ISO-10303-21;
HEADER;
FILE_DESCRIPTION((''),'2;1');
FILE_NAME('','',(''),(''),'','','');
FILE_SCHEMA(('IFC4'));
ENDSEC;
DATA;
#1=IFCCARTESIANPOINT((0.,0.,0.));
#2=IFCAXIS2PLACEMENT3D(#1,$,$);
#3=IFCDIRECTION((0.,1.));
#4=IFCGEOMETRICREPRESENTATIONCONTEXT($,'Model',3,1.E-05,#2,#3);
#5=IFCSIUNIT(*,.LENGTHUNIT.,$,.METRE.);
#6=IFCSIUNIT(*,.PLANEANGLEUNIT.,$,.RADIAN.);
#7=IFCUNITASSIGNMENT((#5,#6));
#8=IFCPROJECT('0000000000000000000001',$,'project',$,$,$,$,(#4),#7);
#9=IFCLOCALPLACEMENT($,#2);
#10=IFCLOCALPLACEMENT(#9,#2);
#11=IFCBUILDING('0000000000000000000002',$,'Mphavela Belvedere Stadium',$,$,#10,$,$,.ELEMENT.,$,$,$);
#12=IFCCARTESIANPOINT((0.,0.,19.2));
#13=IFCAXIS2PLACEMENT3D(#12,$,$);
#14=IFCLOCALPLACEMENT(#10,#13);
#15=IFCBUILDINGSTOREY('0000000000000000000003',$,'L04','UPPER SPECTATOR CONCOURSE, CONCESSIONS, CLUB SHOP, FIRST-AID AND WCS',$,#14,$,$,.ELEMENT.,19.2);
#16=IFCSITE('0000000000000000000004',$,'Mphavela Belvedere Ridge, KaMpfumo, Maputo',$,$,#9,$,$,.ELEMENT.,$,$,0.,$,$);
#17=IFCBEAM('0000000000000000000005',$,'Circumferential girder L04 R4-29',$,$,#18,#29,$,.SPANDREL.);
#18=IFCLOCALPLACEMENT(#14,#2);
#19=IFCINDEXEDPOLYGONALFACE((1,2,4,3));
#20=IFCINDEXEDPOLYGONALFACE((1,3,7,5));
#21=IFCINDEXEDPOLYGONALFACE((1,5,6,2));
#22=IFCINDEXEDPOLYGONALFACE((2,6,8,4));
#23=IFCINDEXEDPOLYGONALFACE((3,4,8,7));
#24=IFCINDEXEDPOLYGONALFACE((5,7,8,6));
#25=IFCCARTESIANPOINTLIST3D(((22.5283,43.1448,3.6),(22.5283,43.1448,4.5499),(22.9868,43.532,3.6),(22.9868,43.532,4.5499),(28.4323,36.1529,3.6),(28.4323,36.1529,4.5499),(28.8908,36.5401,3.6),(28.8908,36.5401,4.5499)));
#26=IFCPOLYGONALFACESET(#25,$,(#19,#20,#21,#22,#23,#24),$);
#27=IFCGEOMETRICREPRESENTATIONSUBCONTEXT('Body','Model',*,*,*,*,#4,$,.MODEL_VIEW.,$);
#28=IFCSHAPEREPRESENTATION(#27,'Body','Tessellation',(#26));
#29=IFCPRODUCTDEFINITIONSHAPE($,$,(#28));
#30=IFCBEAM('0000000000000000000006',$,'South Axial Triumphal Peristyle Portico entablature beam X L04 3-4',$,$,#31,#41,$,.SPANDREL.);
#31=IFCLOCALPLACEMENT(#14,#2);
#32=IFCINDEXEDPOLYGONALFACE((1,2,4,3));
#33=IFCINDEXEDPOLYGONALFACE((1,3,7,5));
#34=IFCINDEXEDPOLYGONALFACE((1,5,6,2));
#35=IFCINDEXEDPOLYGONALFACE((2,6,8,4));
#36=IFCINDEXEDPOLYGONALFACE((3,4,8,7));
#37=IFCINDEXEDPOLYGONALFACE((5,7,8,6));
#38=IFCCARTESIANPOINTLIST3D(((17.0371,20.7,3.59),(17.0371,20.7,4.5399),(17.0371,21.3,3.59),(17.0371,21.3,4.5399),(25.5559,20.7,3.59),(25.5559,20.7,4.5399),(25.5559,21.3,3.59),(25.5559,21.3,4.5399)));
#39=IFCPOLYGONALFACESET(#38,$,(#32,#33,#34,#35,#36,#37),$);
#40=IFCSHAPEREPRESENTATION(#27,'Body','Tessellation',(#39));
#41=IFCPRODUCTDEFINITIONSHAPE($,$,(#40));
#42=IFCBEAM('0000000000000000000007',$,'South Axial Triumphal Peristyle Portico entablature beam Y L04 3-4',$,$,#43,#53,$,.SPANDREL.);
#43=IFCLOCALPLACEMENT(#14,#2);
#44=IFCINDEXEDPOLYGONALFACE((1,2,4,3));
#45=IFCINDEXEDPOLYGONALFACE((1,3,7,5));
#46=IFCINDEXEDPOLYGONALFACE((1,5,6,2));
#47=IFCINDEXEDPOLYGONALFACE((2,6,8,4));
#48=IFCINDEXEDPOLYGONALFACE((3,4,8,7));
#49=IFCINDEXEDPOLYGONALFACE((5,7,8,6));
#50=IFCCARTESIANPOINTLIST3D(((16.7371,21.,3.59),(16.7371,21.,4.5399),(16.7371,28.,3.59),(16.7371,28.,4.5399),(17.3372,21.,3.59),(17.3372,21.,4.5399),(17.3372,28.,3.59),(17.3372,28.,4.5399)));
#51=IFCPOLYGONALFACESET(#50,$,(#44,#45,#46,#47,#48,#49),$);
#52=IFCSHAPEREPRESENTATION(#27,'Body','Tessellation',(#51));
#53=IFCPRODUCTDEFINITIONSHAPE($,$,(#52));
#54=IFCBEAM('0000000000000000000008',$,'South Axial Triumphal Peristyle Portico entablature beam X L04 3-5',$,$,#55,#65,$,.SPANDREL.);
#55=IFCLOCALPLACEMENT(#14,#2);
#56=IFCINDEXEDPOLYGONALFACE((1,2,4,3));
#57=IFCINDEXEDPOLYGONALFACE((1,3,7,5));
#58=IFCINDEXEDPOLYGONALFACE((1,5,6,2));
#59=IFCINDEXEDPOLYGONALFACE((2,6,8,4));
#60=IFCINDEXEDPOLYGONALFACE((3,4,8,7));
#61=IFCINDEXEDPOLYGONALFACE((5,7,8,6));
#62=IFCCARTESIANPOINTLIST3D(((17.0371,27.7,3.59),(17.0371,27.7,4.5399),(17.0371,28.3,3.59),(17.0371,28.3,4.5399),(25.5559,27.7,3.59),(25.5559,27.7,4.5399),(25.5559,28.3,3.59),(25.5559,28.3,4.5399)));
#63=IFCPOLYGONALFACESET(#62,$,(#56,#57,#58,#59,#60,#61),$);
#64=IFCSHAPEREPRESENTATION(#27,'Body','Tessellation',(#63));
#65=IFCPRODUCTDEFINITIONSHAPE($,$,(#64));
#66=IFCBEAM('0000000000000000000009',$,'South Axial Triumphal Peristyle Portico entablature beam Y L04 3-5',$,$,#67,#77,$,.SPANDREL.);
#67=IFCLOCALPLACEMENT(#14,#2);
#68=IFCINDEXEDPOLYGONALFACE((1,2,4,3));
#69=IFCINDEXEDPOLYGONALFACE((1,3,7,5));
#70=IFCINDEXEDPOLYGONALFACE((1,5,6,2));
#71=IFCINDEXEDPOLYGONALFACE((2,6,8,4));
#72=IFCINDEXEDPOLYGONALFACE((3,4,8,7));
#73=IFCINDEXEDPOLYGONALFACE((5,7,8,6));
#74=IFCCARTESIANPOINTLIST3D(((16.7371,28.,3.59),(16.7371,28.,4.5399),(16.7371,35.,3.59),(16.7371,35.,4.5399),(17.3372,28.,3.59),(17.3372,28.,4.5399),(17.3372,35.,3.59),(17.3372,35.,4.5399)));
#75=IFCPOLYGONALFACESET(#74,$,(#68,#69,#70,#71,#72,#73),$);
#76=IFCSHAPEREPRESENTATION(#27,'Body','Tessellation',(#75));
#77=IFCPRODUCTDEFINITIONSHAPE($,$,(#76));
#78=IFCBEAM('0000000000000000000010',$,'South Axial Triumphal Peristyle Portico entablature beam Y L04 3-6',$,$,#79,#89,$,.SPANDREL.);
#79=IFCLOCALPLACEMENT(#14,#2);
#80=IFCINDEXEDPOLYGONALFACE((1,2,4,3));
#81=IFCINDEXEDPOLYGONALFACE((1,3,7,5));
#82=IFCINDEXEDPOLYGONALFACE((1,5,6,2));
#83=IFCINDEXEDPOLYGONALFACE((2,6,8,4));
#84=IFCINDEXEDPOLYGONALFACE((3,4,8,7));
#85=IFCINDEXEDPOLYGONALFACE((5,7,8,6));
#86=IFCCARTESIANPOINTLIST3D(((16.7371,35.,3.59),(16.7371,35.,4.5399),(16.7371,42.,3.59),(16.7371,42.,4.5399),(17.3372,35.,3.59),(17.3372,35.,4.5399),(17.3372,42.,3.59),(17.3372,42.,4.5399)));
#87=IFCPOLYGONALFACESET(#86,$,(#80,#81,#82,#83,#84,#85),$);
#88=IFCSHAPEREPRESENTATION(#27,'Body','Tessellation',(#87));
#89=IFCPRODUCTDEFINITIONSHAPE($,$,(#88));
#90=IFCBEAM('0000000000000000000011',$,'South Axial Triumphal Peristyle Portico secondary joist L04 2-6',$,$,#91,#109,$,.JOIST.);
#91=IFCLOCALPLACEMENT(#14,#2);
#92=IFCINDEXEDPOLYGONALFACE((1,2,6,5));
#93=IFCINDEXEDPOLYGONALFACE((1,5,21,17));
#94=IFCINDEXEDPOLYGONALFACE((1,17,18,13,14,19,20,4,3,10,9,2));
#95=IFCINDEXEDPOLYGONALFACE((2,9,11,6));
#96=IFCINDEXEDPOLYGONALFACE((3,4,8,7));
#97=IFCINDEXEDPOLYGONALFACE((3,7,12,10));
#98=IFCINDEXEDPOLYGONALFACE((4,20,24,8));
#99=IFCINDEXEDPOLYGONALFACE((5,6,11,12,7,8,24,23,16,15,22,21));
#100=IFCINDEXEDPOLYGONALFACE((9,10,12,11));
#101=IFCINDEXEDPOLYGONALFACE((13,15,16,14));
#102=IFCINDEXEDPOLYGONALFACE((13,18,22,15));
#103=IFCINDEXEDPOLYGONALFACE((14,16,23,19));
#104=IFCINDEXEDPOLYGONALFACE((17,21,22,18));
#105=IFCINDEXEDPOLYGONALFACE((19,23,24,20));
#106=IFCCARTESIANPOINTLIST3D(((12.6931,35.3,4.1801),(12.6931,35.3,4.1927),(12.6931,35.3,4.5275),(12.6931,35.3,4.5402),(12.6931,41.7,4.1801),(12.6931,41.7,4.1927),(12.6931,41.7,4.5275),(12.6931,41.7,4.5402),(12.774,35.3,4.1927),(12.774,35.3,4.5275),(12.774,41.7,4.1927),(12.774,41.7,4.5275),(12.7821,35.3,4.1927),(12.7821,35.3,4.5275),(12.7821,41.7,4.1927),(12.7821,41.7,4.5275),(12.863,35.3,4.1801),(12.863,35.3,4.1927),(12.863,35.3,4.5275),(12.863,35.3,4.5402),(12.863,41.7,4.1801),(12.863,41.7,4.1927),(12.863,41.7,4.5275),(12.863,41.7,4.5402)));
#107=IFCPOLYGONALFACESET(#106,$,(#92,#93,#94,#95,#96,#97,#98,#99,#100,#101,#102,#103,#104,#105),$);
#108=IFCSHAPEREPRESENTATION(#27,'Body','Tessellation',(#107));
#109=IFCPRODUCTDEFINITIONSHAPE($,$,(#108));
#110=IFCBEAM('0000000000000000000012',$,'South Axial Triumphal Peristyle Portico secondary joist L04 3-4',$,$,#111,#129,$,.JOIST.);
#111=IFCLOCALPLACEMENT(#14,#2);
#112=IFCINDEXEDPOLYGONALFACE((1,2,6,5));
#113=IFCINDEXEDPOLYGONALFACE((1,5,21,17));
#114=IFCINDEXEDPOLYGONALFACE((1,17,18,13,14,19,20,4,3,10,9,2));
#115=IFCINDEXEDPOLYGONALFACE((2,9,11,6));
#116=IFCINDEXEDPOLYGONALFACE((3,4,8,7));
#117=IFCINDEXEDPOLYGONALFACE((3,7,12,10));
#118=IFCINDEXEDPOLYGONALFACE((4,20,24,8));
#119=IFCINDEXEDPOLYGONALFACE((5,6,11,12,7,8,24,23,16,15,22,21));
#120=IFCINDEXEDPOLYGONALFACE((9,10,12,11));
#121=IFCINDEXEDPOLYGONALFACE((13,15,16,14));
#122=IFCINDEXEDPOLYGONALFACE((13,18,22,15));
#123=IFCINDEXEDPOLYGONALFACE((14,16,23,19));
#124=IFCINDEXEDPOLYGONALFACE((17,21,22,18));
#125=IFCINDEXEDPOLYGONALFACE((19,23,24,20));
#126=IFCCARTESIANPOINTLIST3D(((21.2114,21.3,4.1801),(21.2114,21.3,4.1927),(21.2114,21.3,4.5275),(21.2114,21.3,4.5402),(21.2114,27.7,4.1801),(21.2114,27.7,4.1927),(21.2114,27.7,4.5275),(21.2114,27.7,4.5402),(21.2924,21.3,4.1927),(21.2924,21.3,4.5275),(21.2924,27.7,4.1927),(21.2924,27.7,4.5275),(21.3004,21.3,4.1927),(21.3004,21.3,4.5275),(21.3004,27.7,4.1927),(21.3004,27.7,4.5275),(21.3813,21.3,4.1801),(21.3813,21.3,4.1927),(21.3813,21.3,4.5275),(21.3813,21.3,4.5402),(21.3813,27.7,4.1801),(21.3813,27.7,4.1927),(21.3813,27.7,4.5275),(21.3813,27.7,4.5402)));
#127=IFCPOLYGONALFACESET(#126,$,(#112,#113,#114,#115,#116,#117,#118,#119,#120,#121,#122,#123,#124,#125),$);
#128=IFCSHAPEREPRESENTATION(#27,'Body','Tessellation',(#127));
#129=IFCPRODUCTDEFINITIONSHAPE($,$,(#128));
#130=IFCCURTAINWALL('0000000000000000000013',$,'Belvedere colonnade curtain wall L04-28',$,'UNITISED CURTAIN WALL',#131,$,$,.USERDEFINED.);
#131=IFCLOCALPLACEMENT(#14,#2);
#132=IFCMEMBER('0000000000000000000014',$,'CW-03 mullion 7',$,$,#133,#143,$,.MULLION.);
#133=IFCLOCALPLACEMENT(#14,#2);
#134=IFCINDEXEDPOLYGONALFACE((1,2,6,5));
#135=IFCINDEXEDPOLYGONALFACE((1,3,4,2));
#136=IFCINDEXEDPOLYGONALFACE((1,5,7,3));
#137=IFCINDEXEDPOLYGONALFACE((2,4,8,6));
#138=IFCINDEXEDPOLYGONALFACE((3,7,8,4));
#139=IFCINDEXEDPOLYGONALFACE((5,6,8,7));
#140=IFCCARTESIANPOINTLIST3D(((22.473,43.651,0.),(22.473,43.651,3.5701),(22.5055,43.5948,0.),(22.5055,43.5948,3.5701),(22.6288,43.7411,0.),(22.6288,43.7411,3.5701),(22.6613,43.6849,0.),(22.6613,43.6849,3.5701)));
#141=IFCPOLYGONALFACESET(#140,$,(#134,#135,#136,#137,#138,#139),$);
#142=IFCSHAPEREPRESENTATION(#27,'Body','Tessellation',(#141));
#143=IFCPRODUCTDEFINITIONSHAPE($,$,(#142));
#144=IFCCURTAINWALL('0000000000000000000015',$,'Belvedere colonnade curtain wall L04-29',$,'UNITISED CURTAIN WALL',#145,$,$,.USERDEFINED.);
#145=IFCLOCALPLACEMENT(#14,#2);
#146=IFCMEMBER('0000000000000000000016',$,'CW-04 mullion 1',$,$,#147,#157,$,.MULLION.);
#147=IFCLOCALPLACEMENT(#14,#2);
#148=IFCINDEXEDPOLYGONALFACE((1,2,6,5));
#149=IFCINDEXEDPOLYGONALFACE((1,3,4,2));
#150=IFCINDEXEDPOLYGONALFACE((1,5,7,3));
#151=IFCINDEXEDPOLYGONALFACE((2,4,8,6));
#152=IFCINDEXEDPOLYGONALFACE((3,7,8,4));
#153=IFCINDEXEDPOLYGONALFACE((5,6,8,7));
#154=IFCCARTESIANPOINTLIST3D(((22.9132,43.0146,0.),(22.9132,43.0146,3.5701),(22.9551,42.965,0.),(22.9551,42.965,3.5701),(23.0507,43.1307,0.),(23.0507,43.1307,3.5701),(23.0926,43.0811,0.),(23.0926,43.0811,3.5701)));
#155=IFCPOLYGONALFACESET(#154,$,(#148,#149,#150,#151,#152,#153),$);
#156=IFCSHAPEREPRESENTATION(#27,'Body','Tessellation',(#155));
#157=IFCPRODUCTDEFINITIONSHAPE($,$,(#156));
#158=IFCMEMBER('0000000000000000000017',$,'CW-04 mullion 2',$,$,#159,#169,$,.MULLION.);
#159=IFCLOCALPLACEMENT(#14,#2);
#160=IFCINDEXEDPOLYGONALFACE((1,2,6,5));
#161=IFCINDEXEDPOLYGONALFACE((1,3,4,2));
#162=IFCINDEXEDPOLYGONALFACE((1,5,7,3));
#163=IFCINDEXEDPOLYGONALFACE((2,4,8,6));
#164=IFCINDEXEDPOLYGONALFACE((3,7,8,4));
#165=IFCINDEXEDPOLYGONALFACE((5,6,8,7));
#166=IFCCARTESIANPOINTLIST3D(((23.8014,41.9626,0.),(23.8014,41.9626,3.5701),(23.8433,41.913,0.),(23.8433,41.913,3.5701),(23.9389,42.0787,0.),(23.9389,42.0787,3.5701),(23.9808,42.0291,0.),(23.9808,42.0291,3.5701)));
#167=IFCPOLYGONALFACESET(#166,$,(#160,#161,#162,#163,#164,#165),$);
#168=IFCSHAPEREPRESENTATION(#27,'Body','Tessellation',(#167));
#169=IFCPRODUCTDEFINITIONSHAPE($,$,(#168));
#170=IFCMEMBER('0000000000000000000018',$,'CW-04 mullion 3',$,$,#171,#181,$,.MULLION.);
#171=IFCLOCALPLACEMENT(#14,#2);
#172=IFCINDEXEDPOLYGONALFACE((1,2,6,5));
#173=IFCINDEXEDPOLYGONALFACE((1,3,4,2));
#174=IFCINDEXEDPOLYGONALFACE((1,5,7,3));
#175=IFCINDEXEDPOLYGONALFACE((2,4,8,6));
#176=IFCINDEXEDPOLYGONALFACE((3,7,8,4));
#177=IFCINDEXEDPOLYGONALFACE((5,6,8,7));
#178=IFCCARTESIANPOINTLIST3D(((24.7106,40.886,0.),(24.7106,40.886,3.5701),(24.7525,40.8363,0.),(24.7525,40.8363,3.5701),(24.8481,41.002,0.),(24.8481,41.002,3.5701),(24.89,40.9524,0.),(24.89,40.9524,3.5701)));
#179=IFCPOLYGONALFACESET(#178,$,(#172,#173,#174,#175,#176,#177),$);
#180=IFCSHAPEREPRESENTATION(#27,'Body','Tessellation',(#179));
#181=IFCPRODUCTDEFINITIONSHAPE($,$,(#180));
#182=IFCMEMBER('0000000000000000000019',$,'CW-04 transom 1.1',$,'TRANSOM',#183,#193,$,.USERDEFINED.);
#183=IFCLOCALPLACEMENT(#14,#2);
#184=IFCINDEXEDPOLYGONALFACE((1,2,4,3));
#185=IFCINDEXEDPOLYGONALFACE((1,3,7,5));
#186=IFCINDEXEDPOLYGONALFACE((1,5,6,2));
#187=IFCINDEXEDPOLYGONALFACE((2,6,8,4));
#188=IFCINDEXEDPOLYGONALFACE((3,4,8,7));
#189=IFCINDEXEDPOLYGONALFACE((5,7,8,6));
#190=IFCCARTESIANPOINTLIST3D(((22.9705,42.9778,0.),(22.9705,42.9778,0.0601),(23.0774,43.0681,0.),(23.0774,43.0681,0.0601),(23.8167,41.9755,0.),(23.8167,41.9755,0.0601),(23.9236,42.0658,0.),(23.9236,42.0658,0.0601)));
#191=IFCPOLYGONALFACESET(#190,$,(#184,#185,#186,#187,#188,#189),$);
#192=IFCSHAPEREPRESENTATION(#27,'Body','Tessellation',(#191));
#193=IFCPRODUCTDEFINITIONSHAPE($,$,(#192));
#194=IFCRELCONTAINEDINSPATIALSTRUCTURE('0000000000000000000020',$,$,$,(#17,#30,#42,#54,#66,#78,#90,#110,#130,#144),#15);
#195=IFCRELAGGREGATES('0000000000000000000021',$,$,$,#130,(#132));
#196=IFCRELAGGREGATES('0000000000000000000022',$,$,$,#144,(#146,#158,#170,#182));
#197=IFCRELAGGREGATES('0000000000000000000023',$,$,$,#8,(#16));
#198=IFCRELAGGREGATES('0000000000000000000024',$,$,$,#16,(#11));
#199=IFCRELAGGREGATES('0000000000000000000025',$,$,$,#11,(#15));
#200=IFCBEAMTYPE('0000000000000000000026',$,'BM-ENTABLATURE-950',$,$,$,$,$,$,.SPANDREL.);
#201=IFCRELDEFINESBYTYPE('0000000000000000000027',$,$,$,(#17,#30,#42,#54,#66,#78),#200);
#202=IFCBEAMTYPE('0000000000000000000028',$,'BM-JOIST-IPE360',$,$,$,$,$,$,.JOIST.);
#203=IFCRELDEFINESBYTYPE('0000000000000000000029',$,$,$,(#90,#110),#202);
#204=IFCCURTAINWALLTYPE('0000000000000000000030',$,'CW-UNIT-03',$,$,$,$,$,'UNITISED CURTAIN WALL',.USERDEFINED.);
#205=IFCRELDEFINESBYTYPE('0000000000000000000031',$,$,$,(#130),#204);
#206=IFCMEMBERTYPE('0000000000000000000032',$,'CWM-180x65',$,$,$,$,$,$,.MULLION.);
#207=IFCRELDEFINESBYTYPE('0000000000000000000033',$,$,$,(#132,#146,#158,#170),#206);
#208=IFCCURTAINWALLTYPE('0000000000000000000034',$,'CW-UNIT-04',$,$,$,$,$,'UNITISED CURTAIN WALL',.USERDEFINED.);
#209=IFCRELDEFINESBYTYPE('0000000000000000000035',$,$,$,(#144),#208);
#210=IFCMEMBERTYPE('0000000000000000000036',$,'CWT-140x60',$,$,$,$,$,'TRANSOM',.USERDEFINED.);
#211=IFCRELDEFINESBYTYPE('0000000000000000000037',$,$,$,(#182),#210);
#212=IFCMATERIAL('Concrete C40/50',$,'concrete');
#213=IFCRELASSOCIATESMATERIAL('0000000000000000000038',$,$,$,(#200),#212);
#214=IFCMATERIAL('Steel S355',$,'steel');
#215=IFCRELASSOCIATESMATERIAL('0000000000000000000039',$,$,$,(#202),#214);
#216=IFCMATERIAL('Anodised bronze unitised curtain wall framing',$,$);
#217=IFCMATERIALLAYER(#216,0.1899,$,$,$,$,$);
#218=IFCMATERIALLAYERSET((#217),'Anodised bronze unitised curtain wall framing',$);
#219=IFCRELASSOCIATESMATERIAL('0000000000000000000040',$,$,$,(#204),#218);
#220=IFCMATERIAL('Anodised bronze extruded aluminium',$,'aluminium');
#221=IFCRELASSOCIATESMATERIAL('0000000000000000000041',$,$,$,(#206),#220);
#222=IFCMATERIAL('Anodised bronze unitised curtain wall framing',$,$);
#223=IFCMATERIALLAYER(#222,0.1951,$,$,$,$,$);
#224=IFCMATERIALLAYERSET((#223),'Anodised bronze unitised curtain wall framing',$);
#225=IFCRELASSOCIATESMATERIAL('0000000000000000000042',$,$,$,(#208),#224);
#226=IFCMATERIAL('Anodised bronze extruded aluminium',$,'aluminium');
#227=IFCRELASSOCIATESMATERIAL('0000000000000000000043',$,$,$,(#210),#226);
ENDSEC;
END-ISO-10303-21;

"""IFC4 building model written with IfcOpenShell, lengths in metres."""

from ifc_helpers import new_model, si_unit, direction, frame, origin, origin_2d, place, context, subcontext, project, spatial, rectangle, i_section, extrude, material, layer, layer_set, material_profile, profile_set, type_object, element, aggregate, save


model = new_model("IFC4")

# Units and contexts
model_context = context("Model", 3, precision=1e-05, world=origin(), true_north=direction((0.0, 1.0)))
body_context = subcontext(model_context, "Body", "Model", "MODEL_VIEW")
ifc_project = project(units=[si_unit("LENGTHUNIT", "METRE"), si_unit("PLANEANGLEUNIT", "RADIAN")], contexts=[model_context])

# Site, building, storey
site_placement = place(None, origin())
site = spatial("IfcSite", under=ifc_project, at=site_placement, Name="Mphavela Belvedere Ridge, KaMpfumo, Maputo", CompositionType="ELEMENT", RefElevation=0.0)
building_placement = place(site_placement, origin())
building = spatial("IfcBuilding", under=site, at=building_placement, Name="Mphavela Belvedere Stadium", CompositionType="ELEMENT")
storey_placement = place(building_placement, frame((0.0, 0.0, 19.2)))
storey = spatial("IfcBuildingStorey", under=building, at=storey_placement, Name="L04", Description="UPPER SPECTATOR CONCOURSE, CONCESSIONS, CLUB SHOP, FIRST-AID AND WCS", CompositionType="ELEMENT", Elevation=19.2)

# Beams
ifc_material_1 = material(Name="Concrete C40/50", Category="concrete")
ifc_material_profile_1 = material_profile(ifc_material_1, rectangle(XDim=0.6001, YDim=0.95, at=origin_2d()), Name="RC 600x950")
ifc_profile_set_1 = profile_set([ifc_material_profile_1], Name="Concrete C40/50")
beam_type_1 = type_object("IfcBeamType", Name="BM-ENTABLATURE-950", PredefinedType="SPANDREL", material=ifc_profile_set_1)
beam_1_placement = place(storey_placement, frame((22.7576, 43.3384, 4.075), z_axis=(0.645165, -0.764044, 0.0), x_axis=(0.764044, 0.645165, 0.0)))
element("IfcBeam", 1, at=beam_1_placement, inside=storey, type_object=beam_type_1, Name="Circumferential girder L04 R4-29", PredefinedType="SPANDREL", context=body_context, shape_type="SweptSolid", body=[
    extrude(rectangle(XDim=0.6001, YDim=0.95, at=origin_2d()), origin(), (0.0, 0.0, 1.0), 9.1511),
])
beam_2_placement = place(storey_placement, frame((17.0371, 21.0, 4.0649), z_axis=(1.0, 0.0, 0.0), x_axis=(0.0, 1.0, 0.0)))
element("IfcBeam", 2, at=beam_2_placement, inside=storey, type_object=beam_type_1, Name="South Axial Triumphal Peristyle Portico entablature beam X L04 3-4", PredefinedType="SPANDREL", context=body_context, shape_type="SweptSolid", body=[
    extrude(rectangle(XDim=0.6001, YDim=0.95, at=origin_2d()), origin(), (0.0, 0.0, 1.0), 8.5188),
])
beam_3_placement = place(storey_placement, frame((17.0371, 21.0, 4.0649), z_axis=(0.0, 1.0, 0.0), x_axis=(-1.0, 0.0, 0.0)))
element("IfcBeam", 3, at=beam_3_placement, inside=storey, type_object=beam_type_1, Name="South Axial Triumphal Peristyle Portico entablature beam Y L04 3-4", PredefinedType="SPANDREL", context=body_context, shape_type="SweptSolid", body=[
    extrude(rectangle(XDim=0.6001, YDim=0.95, at=origin_2d()), origin(), (0.0, 0.0, 1.0), 7.0),
])
beam_4_placement = place(storey_placement, frame((17.0371, 28.0, 4.0649), z_axis=(1.0, 0.0, 0.0), x_axis=(0.0, 1.0, 0.0)))
element("IfcBeam", 4, at=beam_4_placement, inside=storey, type_object=beam_type_1, Name="South Axial Triumphal Peristyle Portico entablature beam X L04 3-5", PredefinedType="SPANDREL", context=body_context, shape_type="SweptSolid", body=[
    extrude(rectangle(XDim=0.6001, YDim=0.95, at=origin_2d()), origin(), (0.0, 0.0, 1.0), 8.5188),
])
for number, where, z_axis, x_axis, name in (
    (5, (17.0371, 28.0, 4.0649), (0.0, 1.0, 0.0), (-1.0, 0.0, 0.0), "South Axial Triumphal Peristyle Portico entablature beam Y L04 3-5"),
    (6, (17.0371, 35.0, 4.0649), (0.0, 1.0, 0.0), (-1.0, 0.0, 0.0), "South Axial Triumphal Peristyle Portico entablature beam Y L04 3-6"),
):
    element("IfcBeam", number, at=place(storey_placement, frame(where, z_axis=z_axis, x_axis=x_axis)), inside=storey, type_object=beam_type_1, Name=name, PredefinedType="SPANDREL", context=body_context, shape_type="SweptSolid", body=[
        extrude(rectangle(XDim=0.6001, YDim=0.95, at=origin_2d()), origin(), (0.0, 0.0, 1.0), 7.0),
    ])
ifc_material_2 = material(Name="Steel S355", Category="steel")
ifc_material_profile_2 = material_profile(ifc_material_2, i_section(OverallWidth=0.1699, OverallDepth=0.3601, WebThickness=0.0081, FlangeThickness=0.0127, at=origin_2d()), Name="IPE 360")
ifc_profile_set_2 = profile_set([ifc_material_profile_2], Name="Steel S355")
beam_type_2 = type_object("IfcBeamType", Name="BM-JOIST-IPE360", PredefinedType="JOIST", material=ifc_profile_set_2)
for number, where, z_axis, x_axis, name in (
    (7, (12.7781, 35.3, 4.3601), (0.0, 1.0, 0.0), (-1.0, 0.0, 0.0), "South Axial Triumphal Peristyle Portico secondary joist L04 2-6"),
    (8, (21.2964, 21.3, 4.3601), (0.0, 1.0, 0.0), (-1.0, 0.0, 0.0), "South Axial Triumphal Peristyle Portico secondary joist L04 3-4"),
):
    element("IfcBeam", number, at=place(storey_placement, frame(where, z_axis=z_axis, x_axis=x_axis)), inside=storey, type_object=beam_type_2, Name=name, PredefinedType="JOIST", context=body_context, shape_type="SweptSolid", body=[
        extrude(i_section(OverallWidth=0.1699, OverallDepth=0.3601, WebThickness=0.0081, FlangeThickness=0.0127, at=origin_2d()), origin(), (0.0, 0.0, 1.0), 6.3999),
    ])

# Curtain wall, member
ifc_material_3 = material(Name="Anodised bronze unitised curtain wall framing")
ifc_layer_1 = layer(ifc_material_3, 0.1899)
ifc_layer_set_1 = layer_set([ifc_layer_1], Name="Anodised bronze unitised curtain wall framing")
curtain_wall_type_1 = type_object("IfcCurtainWallType", Name="CW-UNIT-03", ElementType="UNITISED CURTAIN WALL", PredefinedType="USERDEFINED", material=ifc_layer_set_1)
curtain_wall_1_placement = place(storey_placement, origin())
curtain_wall_1 = element("IfcCurtainWall", 9, at=curtain_wall_1_placement, inside=storey, type_object=curtain_wall_type_1, Name="Belvedere colonnade curtain wall L04-28", ObjectType="UNITISED CURTAIN WALL", PredefinedType="USERDEFINED")
ifc_material_4 = material(Name="Anodised bronze extruded aluminium", Category="aluminium")
ifc_material_profile_3 = material_profile(ifc_material_4, rectangle(XDim=0.1799, YDim=0.0649, at=origin_2d()), Name="CW-MUL 180x65")
ifc_profile_set_3 = profile_set([ifc_material_profile_3], Name="Anodised bronze extruded aluminium")
member_type_1 = type_object("IfcMemberType", Name="CWM-180x65", PredefinedType="MULLION", material=ifc_profile_set_3)
member_1_placement = place(storey_placement, frame((22.5671, 43.668, 0.0), z_axis=(0.0, 0.0, 1.0), x_axis=(0.865704, 0.500556, 0.0)))
member_1 = element("IfcMember", 10, at=member_1_placement, type_object=member_type_1, Name="CW-03 mullion 7", PredefinedType="MULLION", context=body_context, shape_type="SweptSolid", body=[
    extrude(rectangle(XDim=0.1799, YDim=0.0649, at=origin_2d()), origin(), (0.0, 0.0, 1.0), 3.5701),
])

# Curtain wall, members
ifc_material_5 = material(Name="Anodised bronze unitised curtain wall framing")
ifc_layer_2 = layer(ifc_material_5, 0.1951)
ifc_layer_set_2 = layer_set([ifc_layer_2], Name="Anodised bronze unitised curtain wall framing")
curtain_wall_type_2 = type_object("IfcCurtainWallType", Name="CW-UNIT-04", ElementType="UNITISED CURTAIN WALL", PredefinedType="USERDEFINED", material=ifc_layer_set_2)
curtain_wall_2_placement = place(storey_placement, origin())
curtain_wall_2 = element("IfcCurtainWall", 11, at=curtain_wall_2_placement, inside=storey, type_object=curtain_wall_type_2, Name="Belvedere colonnade curtain wall L04-29", ObjectType="UNITISED CURTAIN WALL", PredefinedType="USERDEFINED")
member_2_placement = place(storey_placement, frame((23.0029, 43.0479, 0.0), z_axis=(0.0, 0.0, 1.0), x_axis=(0.764035, 0.645175, 0.0)))
member_2 = element("IfcMember", 12, at=member_2_placement, type_object=member_type_1, Name="CW-04 mullion 1", PredefinedType="MULLION", context=body_context, shape_type="SweptSolid", body=[
    extrude(rectangle(XDim=0.1799, YDim=0.0649, at=origin_2d()), origin(), (0.0, 0.0, 1.0), 3.5701),
])
member_3_placement = place(storey_placement, frame((23.8911, 41.9958, 0.0), z_axis=(0.0, 0.0, 1.0), x_axis=(0.764035, 0.645175, 0.0)))
member_3 = element("IfcMember", 13, at=member_3_placement, type_object=member_type_1, Name="CW-04 mullion 2", PredefinedType="MULLION", context=body_context, shape_type="SweptSolid", body=[
    extrude(rectangle(XDim=0.1799, YDim=0.0649, at=origin_2d()), origin(), (0.0, 0.0, 1.0), 3.5701),
])
member_4_placement = place(storey_placement, frame((24.8003, 40.9192, 0.0), z_axis=(0.0, 0.0, 1.0), x_axis=(0.764035, 0.645175, 0.0)))
member_4 = element("IfcMember", 14, at=member_4_placement, type_object=member_type_1, Name="CW-04 mullion 3", PredefinedType="MULLION", context=body_context, shape_type="SweptSolid", body=[
    extrude(rectangle(XDim=0.1799, YDim=0.0649, at=origin_2d()), origin(), (0.0, 0.0, 1.0), 3.5701),
])
ifc_material_6 = material(Name="Anodised bronze extruded aluminium", Category="aluminium")
ifc_material_profile_4 = material_profile(ifc_material_6, rectangle(XDim=0.1399, YDim=0.0601, at=origin_2d()), Name="CW-TRN 140x60")
ifc_profile_set_4 = profile_set([ifc_material_profile_4], Name="Anodised bronze extruded aluminium")
member_type_2 = type_object("IfcMemberType", Name="CWT-140x60", ElementType="TRANSOM", PredefinedType="USERDEFINED", material=ifc_profile_set_4)
member_5_placement = place(storey_placement, frame((23.0239, 43.0229, 0.03), z_axis=(0.645133, -0.764071, 0.0), x_axis=(0.764071, 0.645133, 0.0)))
member_5 = element("IfcMember", 15, at=member_5_placement, type_object=member_type_2, Name="CW-04 transom 1.1", ObjectType="TRANSOM", PredefinedType="USERDEFINED", context=body_context, shape_type="SweptSolid", body=[
    extrude(rectangle(XDim=0.1399, YDim=0.0601, at=origin_2d()), origin(), (0.0, 0.0, 1.0), 1.3118),
])

aggregate(curtain_wall_1, [member_1])
aggregate(curtain_wall_2, [member_2, member_3, member_4, member_5])

save(model, "model.ifc")
